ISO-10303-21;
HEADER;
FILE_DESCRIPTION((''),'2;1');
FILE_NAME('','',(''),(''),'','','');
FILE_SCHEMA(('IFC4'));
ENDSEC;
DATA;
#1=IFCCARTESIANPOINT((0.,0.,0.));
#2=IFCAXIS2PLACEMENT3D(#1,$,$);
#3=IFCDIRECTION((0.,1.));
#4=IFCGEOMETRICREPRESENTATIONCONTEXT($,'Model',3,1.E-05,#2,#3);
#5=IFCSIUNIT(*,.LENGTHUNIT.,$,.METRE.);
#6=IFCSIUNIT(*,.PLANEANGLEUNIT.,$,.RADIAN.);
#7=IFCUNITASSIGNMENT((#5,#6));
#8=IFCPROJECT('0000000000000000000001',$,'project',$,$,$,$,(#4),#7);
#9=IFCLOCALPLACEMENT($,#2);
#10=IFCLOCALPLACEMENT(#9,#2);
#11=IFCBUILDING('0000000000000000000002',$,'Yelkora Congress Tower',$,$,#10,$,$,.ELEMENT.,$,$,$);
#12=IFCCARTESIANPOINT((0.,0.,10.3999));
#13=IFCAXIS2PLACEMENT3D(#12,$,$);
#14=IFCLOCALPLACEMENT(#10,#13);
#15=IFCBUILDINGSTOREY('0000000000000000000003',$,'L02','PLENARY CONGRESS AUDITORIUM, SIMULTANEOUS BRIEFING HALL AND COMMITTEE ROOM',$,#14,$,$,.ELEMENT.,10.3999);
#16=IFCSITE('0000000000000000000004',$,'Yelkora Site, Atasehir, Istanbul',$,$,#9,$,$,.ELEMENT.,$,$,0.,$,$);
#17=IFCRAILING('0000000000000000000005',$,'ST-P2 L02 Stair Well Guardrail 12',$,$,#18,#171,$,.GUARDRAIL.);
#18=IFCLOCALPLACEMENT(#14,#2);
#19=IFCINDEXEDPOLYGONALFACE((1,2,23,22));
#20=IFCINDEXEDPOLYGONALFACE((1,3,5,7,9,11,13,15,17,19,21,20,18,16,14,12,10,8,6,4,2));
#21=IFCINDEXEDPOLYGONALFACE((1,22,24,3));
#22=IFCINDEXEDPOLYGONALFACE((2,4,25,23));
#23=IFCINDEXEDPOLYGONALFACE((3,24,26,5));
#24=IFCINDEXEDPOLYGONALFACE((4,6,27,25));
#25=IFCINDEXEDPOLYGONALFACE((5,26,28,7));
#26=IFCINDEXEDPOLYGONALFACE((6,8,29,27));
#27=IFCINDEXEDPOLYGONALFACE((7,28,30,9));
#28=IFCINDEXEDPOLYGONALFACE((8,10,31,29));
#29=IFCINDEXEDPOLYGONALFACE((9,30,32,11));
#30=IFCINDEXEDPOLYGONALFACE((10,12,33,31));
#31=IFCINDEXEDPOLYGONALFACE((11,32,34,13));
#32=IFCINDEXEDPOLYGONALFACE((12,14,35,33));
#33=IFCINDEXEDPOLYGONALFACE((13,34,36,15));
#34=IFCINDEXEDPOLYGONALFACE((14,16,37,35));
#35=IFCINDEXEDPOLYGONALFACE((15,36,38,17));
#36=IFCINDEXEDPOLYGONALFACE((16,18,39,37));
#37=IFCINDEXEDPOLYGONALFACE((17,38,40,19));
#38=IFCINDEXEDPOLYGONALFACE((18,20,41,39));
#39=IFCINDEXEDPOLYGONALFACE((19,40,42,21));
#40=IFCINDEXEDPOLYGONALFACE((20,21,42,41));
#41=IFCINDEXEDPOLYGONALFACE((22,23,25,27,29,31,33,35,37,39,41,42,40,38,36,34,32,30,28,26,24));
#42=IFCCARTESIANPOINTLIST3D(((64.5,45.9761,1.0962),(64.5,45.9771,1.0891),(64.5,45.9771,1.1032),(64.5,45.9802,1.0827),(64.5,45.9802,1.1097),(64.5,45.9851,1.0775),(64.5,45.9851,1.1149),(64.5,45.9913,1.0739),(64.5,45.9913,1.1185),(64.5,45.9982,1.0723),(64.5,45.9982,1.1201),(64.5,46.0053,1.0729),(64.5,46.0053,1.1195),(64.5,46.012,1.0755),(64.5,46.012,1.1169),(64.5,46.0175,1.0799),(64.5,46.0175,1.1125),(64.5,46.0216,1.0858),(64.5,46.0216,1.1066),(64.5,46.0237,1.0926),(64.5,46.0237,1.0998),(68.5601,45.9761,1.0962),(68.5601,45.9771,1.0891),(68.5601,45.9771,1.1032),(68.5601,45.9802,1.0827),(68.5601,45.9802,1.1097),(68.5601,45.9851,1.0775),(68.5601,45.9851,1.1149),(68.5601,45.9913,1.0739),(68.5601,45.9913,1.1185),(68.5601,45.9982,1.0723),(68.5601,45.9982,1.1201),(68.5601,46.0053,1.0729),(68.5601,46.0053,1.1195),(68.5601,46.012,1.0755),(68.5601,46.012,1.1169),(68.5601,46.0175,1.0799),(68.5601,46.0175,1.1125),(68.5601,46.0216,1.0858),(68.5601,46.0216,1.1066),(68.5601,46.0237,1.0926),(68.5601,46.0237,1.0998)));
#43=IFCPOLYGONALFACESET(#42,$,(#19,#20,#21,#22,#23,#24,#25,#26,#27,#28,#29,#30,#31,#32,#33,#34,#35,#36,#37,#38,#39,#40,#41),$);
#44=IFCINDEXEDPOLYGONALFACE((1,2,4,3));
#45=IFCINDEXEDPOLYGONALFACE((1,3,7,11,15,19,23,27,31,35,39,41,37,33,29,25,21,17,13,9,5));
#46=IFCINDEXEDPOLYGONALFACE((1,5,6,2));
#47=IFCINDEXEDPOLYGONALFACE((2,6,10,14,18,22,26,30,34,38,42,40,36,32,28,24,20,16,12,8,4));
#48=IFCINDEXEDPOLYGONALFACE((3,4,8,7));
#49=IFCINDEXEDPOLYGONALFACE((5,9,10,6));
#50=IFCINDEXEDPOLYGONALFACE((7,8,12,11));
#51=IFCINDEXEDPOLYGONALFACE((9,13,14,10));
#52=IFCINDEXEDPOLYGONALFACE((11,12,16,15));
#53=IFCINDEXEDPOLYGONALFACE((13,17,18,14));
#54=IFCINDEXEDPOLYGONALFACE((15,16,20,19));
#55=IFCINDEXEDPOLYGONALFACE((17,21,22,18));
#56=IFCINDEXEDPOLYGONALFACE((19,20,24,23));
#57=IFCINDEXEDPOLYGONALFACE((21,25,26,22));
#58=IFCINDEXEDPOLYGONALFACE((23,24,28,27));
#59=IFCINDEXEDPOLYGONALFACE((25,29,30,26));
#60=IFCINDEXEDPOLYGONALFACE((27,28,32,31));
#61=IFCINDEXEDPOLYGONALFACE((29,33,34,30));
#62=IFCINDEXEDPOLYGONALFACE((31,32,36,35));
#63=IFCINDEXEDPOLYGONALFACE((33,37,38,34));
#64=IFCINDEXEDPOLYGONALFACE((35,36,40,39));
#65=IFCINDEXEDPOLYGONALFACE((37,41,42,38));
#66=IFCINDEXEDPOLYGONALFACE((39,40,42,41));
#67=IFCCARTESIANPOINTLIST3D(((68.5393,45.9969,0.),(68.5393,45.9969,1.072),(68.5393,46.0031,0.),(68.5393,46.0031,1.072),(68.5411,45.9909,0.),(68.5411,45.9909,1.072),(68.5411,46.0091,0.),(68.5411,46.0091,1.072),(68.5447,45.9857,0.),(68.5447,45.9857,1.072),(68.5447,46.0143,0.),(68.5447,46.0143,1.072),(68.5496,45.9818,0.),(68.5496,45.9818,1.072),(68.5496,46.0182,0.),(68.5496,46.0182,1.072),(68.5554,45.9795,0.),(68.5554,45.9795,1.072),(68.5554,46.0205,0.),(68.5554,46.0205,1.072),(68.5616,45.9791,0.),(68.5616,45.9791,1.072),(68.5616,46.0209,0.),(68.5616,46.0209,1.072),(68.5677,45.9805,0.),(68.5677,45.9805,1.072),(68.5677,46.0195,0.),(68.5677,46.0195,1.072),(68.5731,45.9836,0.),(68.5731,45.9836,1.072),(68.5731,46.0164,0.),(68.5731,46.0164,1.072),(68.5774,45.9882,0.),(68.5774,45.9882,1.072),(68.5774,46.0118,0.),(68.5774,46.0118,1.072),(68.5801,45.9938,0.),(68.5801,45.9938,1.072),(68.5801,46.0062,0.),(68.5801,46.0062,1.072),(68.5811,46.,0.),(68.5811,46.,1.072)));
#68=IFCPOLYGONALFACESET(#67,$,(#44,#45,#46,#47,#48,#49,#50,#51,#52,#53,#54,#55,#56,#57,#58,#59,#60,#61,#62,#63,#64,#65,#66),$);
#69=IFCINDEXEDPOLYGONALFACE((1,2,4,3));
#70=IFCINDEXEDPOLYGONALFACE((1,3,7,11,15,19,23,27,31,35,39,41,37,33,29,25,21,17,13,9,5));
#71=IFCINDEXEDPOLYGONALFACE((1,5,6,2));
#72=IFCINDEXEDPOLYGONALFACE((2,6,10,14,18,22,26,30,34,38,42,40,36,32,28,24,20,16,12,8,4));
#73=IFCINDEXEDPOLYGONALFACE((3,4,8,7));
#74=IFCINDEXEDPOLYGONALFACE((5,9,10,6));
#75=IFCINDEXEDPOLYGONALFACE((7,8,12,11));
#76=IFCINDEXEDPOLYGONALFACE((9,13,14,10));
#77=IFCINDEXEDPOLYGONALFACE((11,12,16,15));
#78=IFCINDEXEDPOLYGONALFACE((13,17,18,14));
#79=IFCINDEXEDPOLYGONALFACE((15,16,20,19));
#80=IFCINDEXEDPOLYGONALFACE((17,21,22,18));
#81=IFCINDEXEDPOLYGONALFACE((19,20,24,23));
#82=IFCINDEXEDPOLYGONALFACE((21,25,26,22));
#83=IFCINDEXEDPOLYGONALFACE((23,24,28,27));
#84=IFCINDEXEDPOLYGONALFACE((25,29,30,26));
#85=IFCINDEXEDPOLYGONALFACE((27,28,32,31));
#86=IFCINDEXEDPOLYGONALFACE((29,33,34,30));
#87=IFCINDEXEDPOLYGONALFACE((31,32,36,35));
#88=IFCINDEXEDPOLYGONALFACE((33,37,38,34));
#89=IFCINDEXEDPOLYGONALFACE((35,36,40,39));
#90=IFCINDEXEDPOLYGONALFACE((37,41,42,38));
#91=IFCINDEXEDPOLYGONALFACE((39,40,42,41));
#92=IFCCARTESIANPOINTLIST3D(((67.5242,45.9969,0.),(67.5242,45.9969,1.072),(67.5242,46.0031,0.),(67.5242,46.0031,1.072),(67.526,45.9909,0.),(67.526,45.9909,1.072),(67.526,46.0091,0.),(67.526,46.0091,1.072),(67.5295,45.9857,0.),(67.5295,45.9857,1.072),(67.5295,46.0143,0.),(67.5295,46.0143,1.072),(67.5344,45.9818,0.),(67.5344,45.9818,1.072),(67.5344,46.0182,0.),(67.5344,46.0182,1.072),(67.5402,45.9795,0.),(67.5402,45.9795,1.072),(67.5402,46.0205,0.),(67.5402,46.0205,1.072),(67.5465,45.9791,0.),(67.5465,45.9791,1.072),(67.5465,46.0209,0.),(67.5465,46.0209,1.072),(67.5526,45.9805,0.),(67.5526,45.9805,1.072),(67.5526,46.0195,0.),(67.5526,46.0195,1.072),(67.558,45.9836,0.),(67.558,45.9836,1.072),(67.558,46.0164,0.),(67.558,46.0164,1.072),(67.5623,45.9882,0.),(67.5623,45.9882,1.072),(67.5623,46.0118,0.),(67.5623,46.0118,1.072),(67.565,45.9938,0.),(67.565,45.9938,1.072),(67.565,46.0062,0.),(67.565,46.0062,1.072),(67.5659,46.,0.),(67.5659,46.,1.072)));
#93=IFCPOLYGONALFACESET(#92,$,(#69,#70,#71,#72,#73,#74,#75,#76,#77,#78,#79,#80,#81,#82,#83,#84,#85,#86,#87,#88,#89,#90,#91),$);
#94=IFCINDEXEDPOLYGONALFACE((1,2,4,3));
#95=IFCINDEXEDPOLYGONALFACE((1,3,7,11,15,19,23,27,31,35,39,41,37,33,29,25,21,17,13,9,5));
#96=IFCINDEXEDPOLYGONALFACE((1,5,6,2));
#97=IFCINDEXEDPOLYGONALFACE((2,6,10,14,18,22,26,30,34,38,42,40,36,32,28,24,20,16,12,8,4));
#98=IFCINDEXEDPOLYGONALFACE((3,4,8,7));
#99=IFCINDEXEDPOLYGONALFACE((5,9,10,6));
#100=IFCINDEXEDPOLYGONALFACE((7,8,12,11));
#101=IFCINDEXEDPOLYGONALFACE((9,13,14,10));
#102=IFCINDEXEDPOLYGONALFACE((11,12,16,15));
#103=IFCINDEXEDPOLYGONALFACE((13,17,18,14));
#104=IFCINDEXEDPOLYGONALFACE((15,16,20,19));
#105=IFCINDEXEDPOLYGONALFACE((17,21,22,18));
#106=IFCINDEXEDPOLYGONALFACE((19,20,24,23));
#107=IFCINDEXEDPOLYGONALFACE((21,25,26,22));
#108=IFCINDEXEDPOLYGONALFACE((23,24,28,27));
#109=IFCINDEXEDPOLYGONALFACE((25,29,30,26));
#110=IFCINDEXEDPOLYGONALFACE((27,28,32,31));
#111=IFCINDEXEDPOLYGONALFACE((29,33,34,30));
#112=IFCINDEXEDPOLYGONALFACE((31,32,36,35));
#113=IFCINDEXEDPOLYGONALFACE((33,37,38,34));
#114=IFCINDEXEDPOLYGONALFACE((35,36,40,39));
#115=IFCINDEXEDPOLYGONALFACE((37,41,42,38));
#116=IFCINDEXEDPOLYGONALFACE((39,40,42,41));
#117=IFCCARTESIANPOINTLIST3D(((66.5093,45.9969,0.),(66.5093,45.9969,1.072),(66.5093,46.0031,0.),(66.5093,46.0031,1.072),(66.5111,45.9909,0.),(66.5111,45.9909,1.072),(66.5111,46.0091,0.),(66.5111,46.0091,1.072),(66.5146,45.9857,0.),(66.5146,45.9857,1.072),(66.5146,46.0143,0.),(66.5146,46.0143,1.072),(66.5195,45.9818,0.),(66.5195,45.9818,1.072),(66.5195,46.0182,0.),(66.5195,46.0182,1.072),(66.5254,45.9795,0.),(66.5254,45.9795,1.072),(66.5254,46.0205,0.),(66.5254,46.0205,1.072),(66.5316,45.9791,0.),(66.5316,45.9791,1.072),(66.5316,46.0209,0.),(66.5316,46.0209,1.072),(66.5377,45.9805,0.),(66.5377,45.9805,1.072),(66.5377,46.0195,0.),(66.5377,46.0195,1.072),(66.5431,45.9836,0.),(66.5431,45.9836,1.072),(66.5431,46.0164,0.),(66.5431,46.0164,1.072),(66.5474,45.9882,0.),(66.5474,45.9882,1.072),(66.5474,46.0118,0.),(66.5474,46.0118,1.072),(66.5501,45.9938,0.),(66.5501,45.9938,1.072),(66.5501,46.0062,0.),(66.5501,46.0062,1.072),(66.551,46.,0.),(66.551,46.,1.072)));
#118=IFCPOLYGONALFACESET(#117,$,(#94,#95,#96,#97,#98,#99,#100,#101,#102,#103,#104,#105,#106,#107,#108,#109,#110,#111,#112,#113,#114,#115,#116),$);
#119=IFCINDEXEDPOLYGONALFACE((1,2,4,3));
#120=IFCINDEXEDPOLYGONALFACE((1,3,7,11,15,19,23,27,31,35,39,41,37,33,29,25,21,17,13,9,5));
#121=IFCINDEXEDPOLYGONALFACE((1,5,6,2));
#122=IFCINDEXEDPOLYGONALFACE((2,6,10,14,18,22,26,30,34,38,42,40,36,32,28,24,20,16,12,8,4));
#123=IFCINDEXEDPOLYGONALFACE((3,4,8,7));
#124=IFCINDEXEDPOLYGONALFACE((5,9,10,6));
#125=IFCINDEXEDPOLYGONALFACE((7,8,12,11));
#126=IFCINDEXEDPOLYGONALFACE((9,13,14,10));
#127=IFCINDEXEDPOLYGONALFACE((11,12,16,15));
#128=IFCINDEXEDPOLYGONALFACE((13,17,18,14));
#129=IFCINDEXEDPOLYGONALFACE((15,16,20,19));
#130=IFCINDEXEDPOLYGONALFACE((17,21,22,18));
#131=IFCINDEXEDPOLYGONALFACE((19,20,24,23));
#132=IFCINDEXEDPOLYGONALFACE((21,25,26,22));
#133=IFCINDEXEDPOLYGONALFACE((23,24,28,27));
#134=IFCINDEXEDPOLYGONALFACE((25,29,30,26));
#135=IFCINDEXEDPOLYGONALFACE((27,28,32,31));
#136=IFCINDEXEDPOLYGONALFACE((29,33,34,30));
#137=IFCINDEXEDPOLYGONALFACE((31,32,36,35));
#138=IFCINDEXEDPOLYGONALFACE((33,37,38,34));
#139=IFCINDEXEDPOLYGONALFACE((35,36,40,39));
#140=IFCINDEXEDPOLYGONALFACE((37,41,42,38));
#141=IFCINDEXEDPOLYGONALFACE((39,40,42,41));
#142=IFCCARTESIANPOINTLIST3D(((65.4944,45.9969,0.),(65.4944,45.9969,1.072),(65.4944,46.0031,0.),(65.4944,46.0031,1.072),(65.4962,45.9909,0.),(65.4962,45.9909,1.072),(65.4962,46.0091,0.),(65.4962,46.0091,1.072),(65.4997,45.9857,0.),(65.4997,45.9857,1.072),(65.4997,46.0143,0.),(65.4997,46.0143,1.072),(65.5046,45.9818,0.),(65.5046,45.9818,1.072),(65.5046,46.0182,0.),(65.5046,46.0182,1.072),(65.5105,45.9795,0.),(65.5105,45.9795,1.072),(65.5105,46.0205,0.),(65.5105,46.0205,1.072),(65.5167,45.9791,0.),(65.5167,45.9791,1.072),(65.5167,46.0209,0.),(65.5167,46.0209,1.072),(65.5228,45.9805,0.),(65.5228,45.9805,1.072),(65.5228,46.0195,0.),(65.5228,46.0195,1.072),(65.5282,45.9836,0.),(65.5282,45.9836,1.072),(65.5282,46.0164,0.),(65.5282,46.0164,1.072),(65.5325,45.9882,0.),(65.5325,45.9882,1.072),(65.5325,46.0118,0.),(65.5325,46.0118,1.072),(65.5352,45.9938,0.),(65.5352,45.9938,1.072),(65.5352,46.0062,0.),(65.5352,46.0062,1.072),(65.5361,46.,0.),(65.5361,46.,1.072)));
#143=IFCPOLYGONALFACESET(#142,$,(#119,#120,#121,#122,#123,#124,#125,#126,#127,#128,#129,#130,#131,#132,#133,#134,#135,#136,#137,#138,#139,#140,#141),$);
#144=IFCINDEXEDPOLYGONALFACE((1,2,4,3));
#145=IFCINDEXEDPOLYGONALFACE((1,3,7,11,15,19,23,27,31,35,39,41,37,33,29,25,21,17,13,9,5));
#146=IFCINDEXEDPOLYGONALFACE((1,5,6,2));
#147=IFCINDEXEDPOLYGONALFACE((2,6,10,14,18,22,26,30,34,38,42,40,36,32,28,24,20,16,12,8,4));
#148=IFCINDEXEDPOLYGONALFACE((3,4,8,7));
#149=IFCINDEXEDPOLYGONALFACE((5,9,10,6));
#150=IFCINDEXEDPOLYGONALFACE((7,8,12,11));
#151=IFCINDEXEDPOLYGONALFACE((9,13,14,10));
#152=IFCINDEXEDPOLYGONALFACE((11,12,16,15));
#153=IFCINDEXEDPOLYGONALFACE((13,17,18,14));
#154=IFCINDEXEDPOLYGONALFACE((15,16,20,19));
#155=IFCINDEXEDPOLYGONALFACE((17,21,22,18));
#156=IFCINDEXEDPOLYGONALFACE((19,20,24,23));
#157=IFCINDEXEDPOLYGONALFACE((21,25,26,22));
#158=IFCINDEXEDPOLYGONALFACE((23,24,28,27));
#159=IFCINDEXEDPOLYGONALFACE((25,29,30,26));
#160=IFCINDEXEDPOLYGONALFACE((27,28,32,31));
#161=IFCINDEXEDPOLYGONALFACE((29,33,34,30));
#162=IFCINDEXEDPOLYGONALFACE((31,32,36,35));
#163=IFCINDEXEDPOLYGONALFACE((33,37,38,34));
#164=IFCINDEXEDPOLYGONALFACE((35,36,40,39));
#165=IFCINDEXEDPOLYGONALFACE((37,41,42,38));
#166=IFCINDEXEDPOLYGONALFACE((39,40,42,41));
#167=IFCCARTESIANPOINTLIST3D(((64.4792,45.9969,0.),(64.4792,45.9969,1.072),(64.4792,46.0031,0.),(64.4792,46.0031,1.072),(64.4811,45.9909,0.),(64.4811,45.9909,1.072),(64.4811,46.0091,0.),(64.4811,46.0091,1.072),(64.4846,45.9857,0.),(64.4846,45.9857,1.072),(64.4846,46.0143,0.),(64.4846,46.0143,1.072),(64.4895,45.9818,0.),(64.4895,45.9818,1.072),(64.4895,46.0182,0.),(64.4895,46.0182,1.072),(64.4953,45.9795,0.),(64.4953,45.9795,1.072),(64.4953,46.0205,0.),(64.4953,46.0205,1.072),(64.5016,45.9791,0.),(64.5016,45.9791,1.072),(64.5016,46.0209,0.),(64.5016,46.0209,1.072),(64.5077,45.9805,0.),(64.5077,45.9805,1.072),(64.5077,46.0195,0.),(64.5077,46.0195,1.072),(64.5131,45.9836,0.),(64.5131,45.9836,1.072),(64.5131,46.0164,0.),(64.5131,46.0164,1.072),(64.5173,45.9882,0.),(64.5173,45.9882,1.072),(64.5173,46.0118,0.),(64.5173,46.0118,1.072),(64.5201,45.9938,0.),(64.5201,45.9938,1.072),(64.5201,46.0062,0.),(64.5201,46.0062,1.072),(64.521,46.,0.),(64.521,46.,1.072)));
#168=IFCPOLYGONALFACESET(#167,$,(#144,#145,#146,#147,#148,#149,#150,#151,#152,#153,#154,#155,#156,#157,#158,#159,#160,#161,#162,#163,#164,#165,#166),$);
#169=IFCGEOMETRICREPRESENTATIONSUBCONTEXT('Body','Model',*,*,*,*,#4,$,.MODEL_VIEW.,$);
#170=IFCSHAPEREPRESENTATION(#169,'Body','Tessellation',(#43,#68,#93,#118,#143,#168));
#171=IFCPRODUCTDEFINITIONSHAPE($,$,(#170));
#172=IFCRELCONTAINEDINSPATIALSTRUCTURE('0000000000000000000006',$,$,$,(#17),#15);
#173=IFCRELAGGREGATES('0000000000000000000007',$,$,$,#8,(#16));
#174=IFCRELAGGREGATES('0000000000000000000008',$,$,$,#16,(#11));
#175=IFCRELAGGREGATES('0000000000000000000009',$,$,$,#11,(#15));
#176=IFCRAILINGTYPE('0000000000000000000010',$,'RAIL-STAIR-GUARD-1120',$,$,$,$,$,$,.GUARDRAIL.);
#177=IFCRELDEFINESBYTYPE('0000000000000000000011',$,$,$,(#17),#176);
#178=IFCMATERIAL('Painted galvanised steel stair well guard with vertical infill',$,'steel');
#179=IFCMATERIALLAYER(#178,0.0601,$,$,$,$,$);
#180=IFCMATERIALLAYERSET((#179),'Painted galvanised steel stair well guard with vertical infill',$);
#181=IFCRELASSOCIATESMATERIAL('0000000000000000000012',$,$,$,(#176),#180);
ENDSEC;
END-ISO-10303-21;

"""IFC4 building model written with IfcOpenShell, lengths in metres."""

from ifc_helpers import new_model, si_unit, direction, frame, origin, origin_2d, place, context, subcontext, project, spatial, circle, extrude, material, layer, layer_set, type_object, element, save


model = new_model("IFC4")

# Units and contexts
model_context = context("Model", 3, precision=1e-05, world=origin(), true_north=direction((0.0, 1.0)))
body_context = subcontext(model_context, "Body", "Model", "MODEL_VIEW")
ifc_project = project(units=[si_unit("LENGTHUNIT", "METRE"), si_unit("PLANEANGLEUNIT", "RADIAN")], contexts=[model_context])

# Site, building, storey
site_placement = place(None, origin())
site = spatial("IfcSite", under=ifc_project, at=site_placement, Name="Yelkora Site, Atasehir, Istanbul", CompositionType="ELEMENT", RefElevation=0.0)
building_placement = place(site_placement, origin())
building = spatial("IfcBuilding", under=site, at=building_placement, Name="Yelkora Congress Tower", CompositionType="ELEMENT")
storey_placement = place(building_placement, frame((0.0, 0.0, 10.3999)))
storey = spatial("IfcBuildingStorey", under=building, at=storey_placement, Name="L02", Description="PLENARY CONGRESS AUDITORIUM, SIMULTANEOUS BRIEFING HALL AND COMMITTEE ROOM", CompositionType="ELEMENT", Elevation=10.3999)

# Railing
ifc_material_1 = material(Name="Painted galvanised steel stair well guard with vertical infill", Category="steel")
ifc_layer_1 = layer(ifc_material_1, 0.0601)
ifc_layer_set_1 = layer_set([ifc_layer_1], Name="Painted galvanised steel stair well guard with vertical infill")
railing_type_1 = type_object("IfcRailingType", Name="RAIL-STAIR-GUARD-1120", PredefinedType="GUARDRAIL", material=ifc_layer_set_1)
railing_1_placement = place(storey_placement, frame((68.5601, 46.0, 0.0)))
element("IfcRailing", 1, at=railing_1_placement, inside=storey, type_object=railing_type_1, Name="ST-P2 L02 Stair Well Guardrail 12", PredefinedType="GUARDRAIL", context=body_context, shape_type="SweptSolid", body=[
    extrude(circle(Radius=0.0239, at=origin_2d()), frame((0.0, 0.0, 1.0962), z_axis=(-1.0, 0.0, 0.0), x_axis=(0.0, -1.0, 0.0)), (0.0, 0.0, 1.0), 4.0601),
    extrude(circle(Radius=0.021, at=origin_2d()), origin(), (0.0, 0.0, 1.0), 1.072),
    extrude(circle(Radius=0.021, at=origin_2d()), frame((-1.0151, 0.0, 0.0)), (0.0, 0.0, 1.0), 1.072),
    extrude(circle(Radius=0.021, at=origin_2d()), frame((-2.03, 0.0, 0.0)), (0.0, 0.0, 1.0), 1.072),
    extrude(circle(Radius=0.021, at=origin_2d()), frame((-3.0449, 0.0, 0.0)), (0.0, 0.0, 1.0), 1.072),
    extrude(circle(Radius=0.021, at=origin_2d()), frame((-4.0601, 0.0, 0.0)), (0.0, 0.0, 1.0), 1.072),
])

save(model, "model.ifc")
